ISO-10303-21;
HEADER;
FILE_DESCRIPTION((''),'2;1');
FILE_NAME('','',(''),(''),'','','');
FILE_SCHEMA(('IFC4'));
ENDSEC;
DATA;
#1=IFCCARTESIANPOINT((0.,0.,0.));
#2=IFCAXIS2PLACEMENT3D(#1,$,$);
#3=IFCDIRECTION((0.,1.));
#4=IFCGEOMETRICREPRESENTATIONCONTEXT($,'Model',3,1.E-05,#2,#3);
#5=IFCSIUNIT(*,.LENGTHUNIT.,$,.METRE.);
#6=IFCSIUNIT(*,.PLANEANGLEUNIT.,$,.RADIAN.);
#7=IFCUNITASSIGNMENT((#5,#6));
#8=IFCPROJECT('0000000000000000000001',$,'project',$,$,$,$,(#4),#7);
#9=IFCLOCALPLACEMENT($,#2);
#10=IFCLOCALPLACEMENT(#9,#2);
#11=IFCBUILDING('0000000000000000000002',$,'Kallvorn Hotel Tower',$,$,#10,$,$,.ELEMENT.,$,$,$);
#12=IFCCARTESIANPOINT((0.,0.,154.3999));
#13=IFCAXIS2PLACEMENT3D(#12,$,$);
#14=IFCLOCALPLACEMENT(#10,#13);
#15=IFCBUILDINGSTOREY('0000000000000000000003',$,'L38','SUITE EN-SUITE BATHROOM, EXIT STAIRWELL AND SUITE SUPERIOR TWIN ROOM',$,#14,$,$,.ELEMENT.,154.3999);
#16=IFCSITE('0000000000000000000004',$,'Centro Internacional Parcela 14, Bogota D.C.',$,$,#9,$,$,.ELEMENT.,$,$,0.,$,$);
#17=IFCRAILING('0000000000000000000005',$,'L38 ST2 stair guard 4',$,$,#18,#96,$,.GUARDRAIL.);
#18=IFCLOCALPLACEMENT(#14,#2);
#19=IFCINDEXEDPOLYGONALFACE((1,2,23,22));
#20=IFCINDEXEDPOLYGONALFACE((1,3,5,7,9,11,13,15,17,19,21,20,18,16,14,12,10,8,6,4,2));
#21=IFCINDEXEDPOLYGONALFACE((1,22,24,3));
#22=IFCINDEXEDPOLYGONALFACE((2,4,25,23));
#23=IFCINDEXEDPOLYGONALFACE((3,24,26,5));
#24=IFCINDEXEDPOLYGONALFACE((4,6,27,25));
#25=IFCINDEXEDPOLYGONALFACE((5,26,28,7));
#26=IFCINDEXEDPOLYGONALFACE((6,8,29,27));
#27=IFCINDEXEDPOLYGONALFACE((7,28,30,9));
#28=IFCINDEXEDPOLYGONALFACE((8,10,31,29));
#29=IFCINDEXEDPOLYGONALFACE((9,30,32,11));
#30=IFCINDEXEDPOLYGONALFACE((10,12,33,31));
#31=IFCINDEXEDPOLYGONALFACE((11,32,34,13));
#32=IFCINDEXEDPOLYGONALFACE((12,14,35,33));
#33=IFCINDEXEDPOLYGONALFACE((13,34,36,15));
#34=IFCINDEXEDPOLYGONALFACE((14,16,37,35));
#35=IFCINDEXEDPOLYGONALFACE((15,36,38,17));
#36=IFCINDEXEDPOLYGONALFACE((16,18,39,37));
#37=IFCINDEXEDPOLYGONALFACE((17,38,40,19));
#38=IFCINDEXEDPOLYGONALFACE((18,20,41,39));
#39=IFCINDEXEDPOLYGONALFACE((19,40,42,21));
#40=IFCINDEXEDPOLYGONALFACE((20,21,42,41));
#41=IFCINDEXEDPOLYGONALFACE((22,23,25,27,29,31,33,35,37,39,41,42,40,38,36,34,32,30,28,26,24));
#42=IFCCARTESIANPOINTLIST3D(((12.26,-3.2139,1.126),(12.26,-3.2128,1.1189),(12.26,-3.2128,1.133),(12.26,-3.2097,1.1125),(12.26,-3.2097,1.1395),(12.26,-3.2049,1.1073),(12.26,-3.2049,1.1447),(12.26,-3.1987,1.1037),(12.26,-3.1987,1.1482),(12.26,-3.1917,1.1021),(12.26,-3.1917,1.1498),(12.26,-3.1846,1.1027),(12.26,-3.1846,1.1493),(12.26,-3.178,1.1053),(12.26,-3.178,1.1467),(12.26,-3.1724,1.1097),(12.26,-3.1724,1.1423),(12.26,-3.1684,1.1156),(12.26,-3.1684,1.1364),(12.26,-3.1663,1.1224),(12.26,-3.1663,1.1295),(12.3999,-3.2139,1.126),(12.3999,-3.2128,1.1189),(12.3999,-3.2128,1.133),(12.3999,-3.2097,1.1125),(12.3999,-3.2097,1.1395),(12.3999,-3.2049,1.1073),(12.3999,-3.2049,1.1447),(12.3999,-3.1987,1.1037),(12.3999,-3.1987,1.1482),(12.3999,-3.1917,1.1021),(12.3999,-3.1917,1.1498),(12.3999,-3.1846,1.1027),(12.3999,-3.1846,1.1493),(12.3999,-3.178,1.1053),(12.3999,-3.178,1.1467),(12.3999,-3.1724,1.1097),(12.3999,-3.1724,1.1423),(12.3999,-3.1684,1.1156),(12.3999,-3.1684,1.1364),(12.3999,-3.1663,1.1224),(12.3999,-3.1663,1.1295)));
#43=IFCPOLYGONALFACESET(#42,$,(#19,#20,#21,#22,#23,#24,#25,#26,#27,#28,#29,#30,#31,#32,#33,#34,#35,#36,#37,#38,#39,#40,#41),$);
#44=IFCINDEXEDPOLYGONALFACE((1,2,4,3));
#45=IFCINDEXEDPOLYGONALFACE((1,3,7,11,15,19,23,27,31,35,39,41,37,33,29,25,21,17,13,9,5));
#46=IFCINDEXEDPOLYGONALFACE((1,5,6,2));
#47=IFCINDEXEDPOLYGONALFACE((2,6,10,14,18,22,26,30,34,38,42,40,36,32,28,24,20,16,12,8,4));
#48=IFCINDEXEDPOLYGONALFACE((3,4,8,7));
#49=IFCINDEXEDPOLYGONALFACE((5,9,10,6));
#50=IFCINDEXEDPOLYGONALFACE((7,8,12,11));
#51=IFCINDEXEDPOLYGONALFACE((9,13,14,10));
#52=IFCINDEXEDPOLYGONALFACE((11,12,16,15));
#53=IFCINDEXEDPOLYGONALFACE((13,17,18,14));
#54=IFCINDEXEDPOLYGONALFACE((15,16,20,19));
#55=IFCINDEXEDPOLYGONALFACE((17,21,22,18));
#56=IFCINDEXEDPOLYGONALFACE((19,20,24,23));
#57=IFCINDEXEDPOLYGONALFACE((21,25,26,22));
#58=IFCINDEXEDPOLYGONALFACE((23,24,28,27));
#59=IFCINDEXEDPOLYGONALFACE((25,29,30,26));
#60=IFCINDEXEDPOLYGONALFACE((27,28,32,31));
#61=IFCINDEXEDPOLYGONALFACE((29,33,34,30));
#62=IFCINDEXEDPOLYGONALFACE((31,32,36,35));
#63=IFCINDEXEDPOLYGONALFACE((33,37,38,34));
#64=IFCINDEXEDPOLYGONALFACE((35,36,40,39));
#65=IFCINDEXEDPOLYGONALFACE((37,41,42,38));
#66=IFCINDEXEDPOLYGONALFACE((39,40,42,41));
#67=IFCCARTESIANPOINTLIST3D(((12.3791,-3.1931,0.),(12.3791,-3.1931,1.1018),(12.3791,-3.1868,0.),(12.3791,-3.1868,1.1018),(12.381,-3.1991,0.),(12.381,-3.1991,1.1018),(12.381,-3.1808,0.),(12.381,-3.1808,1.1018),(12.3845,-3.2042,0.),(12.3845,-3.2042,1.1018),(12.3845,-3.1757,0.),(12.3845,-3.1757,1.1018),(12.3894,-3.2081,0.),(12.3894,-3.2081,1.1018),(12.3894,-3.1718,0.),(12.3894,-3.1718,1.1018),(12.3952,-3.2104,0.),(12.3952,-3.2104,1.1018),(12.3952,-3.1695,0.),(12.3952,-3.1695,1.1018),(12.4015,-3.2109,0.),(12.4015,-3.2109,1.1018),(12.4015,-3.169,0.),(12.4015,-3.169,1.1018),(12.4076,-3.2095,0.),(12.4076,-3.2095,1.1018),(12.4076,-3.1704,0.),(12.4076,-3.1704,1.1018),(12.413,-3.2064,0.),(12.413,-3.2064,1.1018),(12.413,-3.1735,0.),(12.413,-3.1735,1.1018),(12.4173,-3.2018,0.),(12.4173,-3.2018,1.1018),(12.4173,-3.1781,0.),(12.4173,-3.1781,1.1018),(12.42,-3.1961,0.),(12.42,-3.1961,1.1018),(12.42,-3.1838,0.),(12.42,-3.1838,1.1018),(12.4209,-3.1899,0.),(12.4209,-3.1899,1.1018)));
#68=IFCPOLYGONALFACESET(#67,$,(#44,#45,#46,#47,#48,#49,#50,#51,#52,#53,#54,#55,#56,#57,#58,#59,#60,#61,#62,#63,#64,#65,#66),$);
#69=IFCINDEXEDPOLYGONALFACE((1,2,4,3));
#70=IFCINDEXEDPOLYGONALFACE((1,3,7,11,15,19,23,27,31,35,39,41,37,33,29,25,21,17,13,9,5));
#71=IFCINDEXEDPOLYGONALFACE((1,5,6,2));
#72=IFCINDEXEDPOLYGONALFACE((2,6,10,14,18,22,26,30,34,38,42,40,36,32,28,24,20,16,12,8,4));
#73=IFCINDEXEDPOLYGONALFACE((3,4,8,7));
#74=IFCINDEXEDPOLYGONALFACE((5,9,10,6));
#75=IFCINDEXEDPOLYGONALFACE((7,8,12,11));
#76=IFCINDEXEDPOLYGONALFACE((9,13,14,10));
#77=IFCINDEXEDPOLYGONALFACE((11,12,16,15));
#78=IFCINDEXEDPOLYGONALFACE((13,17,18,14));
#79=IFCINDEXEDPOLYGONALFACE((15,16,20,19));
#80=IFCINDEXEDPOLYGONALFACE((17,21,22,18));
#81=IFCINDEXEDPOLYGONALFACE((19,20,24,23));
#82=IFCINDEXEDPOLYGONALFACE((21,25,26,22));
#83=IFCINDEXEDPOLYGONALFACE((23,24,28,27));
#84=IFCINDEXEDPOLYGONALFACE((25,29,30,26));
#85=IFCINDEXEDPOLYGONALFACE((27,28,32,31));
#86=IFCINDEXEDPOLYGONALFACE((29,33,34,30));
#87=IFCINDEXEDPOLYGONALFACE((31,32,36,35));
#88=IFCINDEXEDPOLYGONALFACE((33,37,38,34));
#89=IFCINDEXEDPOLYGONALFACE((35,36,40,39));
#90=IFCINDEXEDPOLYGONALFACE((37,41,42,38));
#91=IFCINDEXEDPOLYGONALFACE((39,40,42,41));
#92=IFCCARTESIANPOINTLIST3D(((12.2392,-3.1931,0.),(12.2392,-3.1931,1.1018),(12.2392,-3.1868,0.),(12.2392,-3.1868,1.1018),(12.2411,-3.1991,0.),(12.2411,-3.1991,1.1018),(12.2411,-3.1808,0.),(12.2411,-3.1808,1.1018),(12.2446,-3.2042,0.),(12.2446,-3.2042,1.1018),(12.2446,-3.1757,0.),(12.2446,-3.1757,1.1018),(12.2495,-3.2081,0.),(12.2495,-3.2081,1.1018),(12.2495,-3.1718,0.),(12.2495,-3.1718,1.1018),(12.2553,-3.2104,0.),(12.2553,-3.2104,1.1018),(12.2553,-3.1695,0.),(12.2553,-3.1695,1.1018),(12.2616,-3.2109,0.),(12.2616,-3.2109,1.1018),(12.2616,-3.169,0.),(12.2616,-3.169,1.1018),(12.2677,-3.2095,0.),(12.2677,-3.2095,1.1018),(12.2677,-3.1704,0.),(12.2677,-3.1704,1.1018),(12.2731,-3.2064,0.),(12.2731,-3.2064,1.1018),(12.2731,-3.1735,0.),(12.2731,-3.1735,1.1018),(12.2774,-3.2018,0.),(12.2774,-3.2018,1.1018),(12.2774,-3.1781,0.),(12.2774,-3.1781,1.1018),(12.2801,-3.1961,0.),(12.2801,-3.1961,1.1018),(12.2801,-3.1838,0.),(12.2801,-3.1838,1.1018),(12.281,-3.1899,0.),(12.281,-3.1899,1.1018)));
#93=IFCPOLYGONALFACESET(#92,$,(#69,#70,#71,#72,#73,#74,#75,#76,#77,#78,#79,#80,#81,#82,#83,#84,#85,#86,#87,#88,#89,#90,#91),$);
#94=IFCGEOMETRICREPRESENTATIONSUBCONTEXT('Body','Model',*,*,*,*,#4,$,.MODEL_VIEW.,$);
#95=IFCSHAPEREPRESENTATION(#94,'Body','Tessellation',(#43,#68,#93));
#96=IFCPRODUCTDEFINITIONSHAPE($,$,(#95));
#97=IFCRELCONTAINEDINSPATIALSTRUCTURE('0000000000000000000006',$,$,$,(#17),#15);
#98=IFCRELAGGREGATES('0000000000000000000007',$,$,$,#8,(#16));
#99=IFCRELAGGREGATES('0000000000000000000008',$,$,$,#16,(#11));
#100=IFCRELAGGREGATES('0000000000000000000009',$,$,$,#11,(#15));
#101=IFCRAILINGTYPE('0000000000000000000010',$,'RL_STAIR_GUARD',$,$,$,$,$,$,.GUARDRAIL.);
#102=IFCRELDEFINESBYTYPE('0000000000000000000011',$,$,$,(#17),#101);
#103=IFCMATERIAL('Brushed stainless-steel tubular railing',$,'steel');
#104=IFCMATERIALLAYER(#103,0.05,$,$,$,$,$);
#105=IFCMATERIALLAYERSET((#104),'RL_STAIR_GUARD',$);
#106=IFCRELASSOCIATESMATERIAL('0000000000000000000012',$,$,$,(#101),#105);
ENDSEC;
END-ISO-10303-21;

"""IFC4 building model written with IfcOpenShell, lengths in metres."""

from ifc_helpers import new_model, si_unit, direction, frame, origin, origin_2d, place, context, subcontext, project, spatial, circle, extrude, material, layer, layer_set, type_object, element, save


model = new_model("IFC4")

# Units and contexts
model_context = context("Model", 3, precision=1e-05, world=origin(), true_north=direction((0.0, 1.0)))
body_context = subcontext(model_context, "Body", "Model", "MODEL_VIEW")
ifc_project = project(units=[si_unit("LENGTHUNIT", "METRE"), si_unit("PLANEANGLEUNIT", "RADIAN")], contexts=[model_context])

# Site, building, storey
site_placement = place(None, origin())
site = spatial("IfcSite", under=ifc_project, at=site_placement, Name="Centro Internacional Parcela 14, Bogota D.C.", CompositionType="ELEMENT", RefElevation=0.0)
building_placement = place(site_placement, origin())
building = spatial("IfcBuilding", under=site, at=building_placement, Name="Kallvorn Hotel Tower", CompositionType="ELEMENT")
storey_placement = place(building_placement, frame((0.0, 0.0, 154.3999)))
storey = spatial("IfcBuildingStorey", under=building, at=storey_placement, Name="L38", Description="SUITE EN-SUITE BATHROOM, EXIT STAIRWELL AND SUITE SUPERIOR TWIN ROOM", CompositionType="ELEMENT", Elevation=154.3999)

# Railing
ifc_material_1 = material(Name="Brushed stainless-steel tubular railing", Category="steel")
ifc_layer_1 = layer(ifc_material_1, 0.05)
ifc_layer_set_1 = layer_set([ifc_layer_1], Name="RL_STAIR_GUARD")
railing_type_1 = type_object("IfcRailingType", Name="RL_STAIR_GUARD", PredefinedType="GUARDRAIL", material=ifc_layer_set_1)
railing_1_placement = place(storey_placement, frame((12.3999, -3.1899, 0.0)))
element("IfcRailing", 1, at=railing_1_placement, inside=storey, type_object=railing_type_1, Name="L38 ST2 stair guard 4", PredefinedType="GUARDRAIL", context=body_context, shape_type="SweptSolid", body=[
    extrude(circle(Radius=0.0239, at=origin_2d()), frame((0.0, 0.0, 1.126), z_axis=(-1.0, 0.0, 0.0), x_axis=(0.0, -1.0, 0.0)), (0.0, 0.0, 1.0), 0.1399),
    extrude(circle(Radius=0.021, at=origin_2d()), origin(), (0.0, 0.0, 1.0), 1.1018),
    extrude(circle(Radius=0.021, at=origin_2d()), frame((-0.1399, 0.0, 0.0)), (0.0, 0.0, 1.0), 1.1018),
])

save(model, "model.ifc")
